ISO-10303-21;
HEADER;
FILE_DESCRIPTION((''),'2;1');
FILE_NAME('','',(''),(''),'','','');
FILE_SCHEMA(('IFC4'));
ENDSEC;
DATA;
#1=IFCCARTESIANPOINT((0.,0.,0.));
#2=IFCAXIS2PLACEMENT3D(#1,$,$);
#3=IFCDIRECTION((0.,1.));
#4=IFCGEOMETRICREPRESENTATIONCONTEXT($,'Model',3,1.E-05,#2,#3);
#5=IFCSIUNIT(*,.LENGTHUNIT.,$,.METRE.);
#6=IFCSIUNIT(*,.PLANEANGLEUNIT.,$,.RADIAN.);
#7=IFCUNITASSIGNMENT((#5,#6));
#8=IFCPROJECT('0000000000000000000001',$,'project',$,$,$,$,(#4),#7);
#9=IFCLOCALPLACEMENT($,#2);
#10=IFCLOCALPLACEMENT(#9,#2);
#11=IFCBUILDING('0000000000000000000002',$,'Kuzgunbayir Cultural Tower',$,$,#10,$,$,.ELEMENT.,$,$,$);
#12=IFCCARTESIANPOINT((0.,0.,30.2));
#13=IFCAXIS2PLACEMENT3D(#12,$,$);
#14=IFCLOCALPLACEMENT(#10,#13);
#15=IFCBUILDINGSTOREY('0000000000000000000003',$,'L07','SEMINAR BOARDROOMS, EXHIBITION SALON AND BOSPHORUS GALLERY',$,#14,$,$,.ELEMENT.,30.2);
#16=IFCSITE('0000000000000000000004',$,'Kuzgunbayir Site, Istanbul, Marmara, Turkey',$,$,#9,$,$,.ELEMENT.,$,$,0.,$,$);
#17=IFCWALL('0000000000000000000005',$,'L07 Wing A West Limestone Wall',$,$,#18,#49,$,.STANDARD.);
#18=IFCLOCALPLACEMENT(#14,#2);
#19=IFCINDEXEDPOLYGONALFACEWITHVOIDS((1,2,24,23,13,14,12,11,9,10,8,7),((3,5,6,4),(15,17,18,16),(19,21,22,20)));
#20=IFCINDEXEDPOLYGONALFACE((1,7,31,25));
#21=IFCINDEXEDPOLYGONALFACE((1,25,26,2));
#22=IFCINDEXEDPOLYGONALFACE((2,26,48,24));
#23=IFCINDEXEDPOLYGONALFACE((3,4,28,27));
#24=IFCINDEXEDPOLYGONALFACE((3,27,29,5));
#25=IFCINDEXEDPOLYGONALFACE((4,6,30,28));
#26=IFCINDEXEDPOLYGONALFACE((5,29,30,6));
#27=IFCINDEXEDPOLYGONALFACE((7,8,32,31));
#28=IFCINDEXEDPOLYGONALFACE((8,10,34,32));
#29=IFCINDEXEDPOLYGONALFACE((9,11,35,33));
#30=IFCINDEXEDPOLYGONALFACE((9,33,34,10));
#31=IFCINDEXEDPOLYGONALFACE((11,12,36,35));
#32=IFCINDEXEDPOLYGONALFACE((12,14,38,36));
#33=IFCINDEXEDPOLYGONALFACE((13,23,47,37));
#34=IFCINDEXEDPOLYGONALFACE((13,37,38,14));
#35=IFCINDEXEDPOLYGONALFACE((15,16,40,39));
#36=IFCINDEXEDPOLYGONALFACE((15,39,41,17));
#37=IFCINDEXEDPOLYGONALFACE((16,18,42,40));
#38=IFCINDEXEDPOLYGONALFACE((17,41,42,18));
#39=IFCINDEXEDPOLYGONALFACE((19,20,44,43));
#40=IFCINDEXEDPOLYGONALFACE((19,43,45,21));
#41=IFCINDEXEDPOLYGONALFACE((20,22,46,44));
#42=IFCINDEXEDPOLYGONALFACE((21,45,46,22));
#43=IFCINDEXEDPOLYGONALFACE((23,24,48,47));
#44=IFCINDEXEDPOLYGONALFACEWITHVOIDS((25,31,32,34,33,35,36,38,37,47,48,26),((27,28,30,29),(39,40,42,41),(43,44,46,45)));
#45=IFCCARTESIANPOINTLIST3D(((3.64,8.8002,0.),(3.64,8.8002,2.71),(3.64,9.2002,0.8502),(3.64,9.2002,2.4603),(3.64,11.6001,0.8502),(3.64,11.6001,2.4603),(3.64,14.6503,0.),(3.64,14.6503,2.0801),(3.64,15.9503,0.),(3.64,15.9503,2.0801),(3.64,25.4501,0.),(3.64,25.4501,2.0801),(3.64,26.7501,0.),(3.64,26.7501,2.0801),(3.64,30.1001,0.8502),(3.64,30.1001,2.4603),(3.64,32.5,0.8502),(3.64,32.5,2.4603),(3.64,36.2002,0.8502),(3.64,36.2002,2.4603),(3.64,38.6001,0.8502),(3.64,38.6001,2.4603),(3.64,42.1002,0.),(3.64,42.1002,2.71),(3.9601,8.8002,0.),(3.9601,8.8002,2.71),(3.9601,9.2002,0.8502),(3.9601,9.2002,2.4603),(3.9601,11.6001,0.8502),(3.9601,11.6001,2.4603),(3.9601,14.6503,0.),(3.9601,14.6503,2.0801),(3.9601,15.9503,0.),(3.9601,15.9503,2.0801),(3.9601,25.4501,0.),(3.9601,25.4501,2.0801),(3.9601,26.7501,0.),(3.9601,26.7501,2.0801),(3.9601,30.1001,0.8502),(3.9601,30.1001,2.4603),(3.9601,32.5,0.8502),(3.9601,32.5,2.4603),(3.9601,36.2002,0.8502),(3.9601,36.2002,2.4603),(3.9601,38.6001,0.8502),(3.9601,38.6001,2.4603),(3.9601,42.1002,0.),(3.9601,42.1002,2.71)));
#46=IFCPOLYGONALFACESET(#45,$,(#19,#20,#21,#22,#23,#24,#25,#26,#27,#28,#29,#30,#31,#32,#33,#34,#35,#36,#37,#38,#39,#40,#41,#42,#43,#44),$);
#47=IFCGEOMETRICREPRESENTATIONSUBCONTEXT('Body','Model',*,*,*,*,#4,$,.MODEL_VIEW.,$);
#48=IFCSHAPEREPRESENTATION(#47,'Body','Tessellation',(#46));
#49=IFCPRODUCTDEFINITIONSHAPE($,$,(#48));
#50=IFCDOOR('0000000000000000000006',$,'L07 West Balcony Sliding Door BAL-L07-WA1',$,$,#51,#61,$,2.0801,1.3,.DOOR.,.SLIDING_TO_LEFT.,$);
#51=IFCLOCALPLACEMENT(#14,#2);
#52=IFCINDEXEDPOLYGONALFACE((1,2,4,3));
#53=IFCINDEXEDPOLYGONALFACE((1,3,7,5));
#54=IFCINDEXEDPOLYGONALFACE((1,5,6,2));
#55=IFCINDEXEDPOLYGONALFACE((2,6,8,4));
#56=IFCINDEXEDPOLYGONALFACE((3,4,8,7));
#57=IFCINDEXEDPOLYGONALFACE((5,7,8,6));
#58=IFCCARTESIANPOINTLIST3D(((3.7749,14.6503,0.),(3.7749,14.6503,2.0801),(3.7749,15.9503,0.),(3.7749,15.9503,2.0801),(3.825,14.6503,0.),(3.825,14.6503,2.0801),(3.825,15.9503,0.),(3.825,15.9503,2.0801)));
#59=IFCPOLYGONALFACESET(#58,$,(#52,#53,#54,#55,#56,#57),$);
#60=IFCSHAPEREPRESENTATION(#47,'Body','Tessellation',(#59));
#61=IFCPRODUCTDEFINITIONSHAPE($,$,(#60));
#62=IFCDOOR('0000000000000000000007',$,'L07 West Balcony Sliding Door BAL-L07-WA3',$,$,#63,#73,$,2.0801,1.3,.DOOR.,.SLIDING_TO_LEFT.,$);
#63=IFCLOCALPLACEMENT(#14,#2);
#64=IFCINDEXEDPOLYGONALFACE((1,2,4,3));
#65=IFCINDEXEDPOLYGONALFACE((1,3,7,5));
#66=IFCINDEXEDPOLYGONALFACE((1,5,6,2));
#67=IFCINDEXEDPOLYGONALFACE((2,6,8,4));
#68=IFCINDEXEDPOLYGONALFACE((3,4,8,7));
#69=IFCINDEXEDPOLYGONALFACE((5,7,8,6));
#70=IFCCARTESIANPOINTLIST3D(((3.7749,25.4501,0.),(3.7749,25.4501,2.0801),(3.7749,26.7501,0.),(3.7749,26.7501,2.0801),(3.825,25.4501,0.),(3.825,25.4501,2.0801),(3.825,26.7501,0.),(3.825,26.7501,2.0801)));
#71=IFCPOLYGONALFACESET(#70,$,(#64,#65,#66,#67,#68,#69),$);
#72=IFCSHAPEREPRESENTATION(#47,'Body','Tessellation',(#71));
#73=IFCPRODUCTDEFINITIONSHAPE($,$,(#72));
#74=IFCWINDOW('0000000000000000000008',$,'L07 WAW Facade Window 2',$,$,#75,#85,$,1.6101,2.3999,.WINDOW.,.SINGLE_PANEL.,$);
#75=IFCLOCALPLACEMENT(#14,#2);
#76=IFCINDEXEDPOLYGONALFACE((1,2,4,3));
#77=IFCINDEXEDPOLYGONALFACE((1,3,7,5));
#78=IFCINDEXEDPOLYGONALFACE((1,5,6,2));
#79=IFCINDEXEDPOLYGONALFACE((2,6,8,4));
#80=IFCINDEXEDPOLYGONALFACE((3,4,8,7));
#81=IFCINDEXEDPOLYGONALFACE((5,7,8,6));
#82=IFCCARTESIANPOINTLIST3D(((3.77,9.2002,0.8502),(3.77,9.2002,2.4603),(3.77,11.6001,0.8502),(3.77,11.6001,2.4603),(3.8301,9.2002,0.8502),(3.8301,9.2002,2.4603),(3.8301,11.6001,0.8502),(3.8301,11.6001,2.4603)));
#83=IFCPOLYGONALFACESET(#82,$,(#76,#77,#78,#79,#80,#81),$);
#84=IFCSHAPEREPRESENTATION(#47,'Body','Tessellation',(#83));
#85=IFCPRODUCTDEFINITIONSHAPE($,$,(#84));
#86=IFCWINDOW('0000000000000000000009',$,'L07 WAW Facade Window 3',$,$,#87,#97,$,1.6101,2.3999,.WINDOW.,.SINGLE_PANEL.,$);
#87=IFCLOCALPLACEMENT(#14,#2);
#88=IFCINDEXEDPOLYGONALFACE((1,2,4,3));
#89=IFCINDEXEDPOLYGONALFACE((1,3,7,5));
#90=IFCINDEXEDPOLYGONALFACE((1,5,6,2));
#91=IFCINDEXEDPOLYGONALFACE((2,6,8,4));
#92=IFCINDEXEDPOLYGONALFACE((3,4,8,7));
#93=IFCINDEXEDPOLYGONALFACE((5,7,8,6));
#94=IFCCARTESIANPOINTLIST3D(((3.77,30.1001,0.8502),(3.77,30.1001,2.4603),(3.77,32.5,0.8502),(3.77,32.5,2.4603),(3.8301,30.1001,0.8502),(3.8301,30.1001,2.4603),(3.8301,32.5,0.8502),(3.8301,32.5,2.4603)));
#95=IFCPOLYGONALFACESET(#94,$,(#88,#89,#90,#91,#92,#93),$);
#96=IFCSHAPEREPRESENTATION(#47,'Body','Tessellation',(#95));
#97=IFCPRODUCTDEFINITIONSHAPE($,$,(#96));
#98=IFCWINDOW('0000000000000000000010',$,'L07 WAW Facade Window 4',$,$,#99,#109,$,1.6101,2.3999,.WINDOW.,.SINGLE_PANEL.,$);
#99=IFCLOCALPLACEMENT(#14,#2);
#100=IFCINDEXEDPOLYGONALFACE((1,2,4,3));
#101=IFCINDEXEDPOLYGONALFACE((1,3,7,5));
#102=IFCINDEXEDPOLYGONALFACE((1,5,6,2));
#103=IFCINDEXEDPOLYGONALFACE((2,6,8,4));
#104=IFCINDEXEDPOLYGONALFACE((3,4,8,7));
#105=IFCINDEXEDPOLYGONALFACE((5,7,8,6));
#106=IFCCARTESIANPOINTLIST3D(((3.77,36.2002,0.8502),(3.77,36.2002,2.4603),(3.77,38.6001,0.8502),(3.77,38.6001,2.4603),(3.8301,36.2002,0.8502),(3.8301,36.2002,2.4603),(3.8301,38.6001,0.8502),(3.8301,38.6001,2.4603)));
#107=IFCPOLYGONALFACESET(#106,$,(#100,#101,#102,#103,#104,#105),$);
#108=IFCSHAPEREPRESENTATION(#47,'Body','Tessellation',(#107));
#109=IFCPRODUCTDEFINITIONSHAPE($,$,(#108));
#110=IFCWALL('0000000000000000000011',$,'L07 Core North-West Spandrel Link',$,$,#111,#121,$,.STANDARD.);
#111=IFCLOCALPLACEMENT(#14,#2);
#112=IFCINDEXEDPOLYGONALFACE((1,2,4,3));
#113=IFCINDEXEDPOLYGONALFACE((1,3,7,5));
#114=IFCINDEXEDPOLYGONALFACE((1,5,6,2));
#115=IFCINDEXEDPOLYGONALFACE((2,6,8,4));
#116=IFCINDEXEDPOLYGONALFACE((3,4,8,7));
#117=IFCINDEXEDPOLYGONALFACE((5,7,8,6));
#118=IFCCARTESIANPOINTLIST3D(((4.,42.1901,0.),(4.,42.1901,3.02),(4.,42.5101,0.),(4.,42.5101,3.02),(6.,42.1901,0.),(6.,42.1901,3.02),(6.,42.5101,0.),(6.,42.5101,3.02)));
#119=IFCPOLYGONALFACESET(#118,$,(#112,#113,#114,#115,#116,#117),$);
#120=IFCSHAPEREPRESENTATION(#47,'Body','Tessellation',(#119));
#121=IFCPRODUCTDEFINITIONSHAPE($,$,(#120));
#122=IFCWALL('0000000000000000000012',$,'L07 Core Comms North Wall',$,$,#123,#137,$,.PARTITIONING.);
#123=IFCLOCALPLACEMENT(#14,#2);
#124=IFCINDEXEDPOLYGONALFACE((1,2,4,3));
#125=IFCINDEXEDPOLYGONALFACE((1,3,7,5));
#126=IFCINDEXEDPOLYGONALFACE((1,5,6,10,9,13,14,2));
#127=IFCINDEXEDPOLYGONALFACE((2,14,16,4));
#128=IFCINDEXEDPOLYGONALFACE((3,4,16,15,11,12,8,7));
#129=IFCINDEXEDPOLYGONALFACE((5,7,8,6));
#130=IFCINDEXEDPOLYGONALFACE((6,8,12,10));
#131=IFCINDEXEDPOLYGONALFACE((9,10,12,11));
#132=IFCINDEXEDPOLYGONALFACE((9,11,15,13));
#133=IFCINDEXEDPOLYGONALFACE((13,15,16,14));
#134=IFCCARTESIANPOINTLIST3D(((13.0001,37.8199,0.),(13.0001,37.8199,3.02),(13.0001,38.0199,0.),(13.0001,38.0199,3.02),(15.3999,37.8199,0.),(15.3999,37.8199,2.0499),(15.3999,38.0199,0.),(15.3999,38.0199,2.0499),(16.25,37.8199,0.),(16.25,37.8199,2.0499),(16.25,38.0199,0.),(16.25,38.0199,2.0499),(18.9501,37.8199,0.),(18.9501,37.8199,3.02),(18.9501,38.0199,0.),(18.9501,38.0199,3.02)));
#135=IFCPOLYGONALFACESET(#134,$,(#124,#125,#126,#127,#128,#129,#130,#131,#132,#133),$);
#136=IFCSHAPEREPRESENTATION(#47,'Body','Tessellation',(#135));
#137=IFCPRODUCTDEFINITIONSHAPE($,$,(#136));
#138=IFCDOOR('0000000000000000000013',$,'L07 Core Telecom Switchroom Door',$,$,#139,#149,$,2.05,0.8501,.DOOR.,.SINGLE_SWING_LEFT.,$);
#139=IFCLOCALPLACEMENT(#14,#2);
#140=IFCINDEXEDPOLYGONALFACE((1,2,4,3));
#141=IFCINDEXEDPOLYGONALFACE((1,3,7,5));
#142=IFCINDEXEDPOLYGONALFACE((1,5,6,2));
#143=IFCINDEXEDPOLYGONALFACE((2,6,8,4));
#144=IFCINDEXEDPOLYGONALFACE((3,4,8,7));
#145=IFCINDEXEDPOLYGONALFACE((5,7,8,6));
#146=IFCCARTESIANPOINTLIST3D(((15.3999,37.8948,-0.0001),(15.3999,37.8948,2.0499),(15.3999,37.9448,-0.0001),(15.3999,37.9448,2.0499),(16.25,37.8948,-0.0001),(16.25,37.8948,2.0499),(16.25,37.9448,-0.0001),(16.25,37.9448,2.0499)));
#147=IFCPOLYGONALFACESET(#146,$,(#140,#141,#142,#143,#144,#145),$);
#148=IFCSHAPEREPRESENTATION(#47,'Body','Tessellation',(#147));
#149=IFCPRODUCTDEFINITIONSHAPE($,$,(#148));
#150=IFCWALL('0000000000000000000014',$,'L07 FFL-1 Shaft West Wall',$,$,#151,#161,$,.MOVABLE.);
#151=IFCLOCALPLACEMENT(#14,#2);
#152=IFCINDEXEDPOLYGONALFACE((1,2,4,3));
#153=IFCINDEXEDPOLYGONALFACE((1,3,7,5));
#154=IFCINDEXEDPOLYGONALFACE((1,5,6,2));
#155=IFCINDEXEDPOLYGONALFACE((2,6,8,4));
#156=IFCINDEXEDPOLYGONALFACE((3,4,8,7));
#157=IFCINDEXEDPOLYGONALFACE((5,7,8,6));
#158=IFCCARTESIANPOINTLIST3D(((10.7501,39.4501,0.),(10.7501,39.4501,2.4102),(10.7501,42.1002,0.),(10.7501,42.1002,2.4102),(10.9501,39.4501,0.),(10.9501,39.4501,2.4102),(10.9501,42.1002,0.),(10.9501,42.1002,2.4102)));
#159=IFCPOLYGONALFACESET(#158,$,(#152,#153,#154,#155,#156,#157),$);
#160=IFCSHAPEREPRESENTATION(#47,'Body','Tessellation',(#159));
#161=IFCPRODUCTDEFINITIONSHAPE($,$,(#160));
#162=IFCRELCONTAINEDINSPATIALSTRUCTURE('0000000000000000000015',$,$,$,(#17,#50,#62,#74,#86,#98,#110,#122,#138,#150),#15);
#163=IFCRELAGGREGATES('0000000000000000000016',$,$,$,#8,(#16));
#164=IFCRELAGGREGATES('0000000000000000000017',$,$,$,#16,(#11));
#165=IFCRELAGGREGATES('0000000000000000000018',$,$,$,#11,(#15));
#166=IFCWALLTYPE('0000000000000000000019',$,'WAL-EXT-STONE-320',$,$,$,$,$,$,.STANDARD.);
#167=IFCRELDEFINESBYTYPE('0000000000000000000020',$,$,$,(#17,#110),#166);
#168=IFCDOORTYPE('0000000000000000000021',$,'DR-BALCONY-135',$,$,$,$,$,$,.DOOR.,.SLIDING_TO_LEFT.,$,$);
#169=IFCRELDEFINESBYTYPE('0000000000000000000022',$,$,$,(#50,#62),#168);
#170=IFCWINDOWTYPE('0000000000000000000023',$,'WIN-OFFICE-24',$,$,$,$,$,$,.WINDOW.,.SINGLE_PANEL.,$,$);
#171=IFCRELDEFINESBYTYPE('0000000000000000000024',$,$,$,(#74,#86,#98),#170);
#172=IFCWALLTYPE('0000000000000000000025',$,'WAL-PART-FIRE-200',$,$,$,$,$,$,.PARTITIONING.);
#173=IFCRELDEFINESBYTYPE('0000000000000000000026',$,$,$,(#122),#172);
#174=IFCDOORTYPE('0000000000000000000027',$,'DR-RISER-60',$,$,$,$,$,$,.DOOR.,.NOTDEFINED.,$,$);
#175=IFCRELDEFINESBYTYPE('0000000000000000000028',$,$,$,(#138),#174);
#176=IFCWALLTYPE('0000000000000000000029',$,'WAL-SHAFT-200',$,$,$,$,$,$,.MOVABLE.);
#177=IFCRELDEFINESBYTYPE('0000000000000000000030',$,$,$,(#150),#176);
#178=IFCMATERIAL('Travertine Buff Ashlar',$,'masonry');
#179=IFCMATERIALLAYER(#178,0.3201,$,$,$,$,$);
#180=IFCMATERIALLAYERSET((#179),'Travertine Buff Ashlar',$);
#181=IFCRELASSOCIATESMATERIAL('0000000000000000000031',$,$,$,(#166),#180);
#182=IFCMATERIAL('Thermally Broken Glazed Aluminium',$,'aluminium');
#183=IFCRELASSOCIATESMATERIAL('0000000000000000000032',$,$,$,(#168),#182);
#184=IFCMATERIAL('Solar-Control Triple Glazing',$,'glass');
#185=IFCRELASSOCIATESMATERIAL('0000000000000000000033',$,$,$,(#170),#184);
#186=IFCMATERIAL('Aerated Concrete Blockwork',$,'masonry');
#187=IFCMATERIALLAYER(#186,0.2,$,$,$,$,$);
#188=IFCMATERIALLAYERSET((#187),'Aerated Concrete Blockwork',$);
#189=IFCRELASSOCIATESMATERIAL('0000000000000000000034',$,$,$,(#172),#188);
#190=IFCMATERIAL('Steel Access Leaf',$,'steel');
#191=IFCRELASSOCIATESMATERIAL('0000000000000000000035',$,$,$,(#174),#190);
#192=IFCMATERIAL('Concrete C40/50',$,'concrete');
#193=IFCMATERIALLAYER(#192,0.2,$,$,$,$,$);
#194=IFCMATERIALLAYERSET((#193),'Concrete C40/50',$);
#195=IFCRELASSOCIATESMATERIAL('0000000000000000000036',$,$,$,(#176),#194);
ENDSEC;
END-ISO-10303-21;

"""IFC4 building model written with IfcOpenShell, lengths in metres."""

from ifc_helpers import new_model, si_unit, direction, frame, frame_2d, origin, place, context, subcontext, project, spatial, rectangle, extrude, material, layer, layer_set, type_object, element, fill, save


model = new_model("IFC4")

# Units and contexts
model_context = context("Model", 3, precision=1e-05, world=origin(), true_north=direction((0.0, 1.0)))
body_context = subcontext(model_context, "Body", "Model", "MODEL_VIEW")
ifc_project = project(units=[si_unit("LENGTHUNIT", "METRE"), si_unit("PLANEANGLEUNIT", "RADIAN")], contexts=[model_context])

# Site, building, storey
site_placement = place(None, origin())
site = spatial("IfcSite", under=ifc_project, at=site_placement, Name="Kuzgunbayir Site, Istanbul, Marmara, Turkey", CompositionType="ELEMENT", RefElevation=0.0)
building_placement = place(site_placement, origin())
building = spatial("IfcBuilding", under=site, at=building_placement, Name="Kuzgunbayir Cultural Tower", CompositionType="ELEMENT")
storey_placement = place(building_placement, frame((0.0, 0.0, 30.2)))
storey = spatial("IfcBuildingStorey", under=building, at=storey_placement, Name="L07", Description="SEMINAR BOARDROOMS, EXHIBITION SALON AND BOSPHORUS GALLERY", CompositionType="ELEMENT", Elevation=30.2)

# Wall, openings, doors, windows
ifc_material_1 = material(Name="Travertine Buff Ashlar", Category="masonry")
ifc_layer_1 = layer(ifc_material_1, 0.3201)
ifc_layer_set_1 = layer_set([ifc_layer_1], Name="Travertine Buff Ashlar")
wall_type_1 = type_object("IfcWallType", Name="WAL-EXT-STONE-320", PredefinedType="STANDARD", material=ifc_layer_set_1)
wall_1_placement = place(storey_placement, frame((3.8, 42.1001, 0.0), z_axis=(0.0, 0.0, 1.0), x_axis=(0.0, -1.0, 0.0)))
wall_1 = element("IfcWall", 1, at=wall_1_placement, inside=storey, type_object=wall_type_1, Name="L07 Wing A West Limestone Wall", PredefinedType="STANDARD", context=body_context, shape_type="SweptSolid", body=[
    extrude(rectangle(XDim=33.3, YDim=0.3201, at=frame_2d((16.6499, 0.0))), origin(), (0.0, 0.0, 1.0), 2.71),
])
opening_1_placement = place(wall_1_placement, frame((26.1499, 0.0, 0.0)))
opening_1 = element("IfcOpeningElement", 2, at=opening_1_placement, cuts=wall_1, PredefinedType="OPENING", context=body_context, shape_type="SweptSolid", body=[
    extrude(rectangle(XDim=1.3, YDim=2.0801, at=frame_2d((0.6499, 1.04))), frame((0.0, 0.1699, 0.0), z_axis=(0.0, -1.0, 0.0), x_axis=(1.0, 0.0, 0.0)), (0.0, 0.0, 1.0), 0.3401),
])
opening_2_placement = place(wall_1_placement, frame((15.3501, 0.0, 0.0)))
opening_2 = element("IfcOpeningElement", 3, at=opening_2_placement, cuts=wall_1, PredefinedType="OPENING", context=body_context, shape_type="SweptSolid", body=[
    extrude(rectangle(XDim=1.3, YDim=2.0801, at=frame_2d((0.6499, 1.04))), frame((0.0, 0.1699, 0.0), z_axis=(0.0, -1.0, 0.0), x_axis=(1.0, 0.0, 0.0)), (0.0, 0.0, 1.0), 0.3401),
])
opening_3_placement = place(wall_1_placement, frame((30.5, 0.0, 0.8501)))
opening_3 = element("IfcOpeningElement", 4, at=opening_3_placement, cuts=wall_1, PredefinedType="OPENING", context=body_context, shape_type="SweptSolid", body=[
    extrude(rectangle(XDim=2.3999, YDim=1.6101, at=frame_2d((1.2, 0.8052))), frame((0.0, 0.1699, 0.0), z_axis=(0.0, -1.0, 0.0), x_axis=(1.0, 0.0, 0.0)), (0.0, 0.0, 1.0), 0.3401),
])
opening_4_placement = place(wall_1_placement, frame((9.6001, 0.0, 0.8501)))
opening_4 = element("IfcOpeningElement", 5, at=opening_4_placement, cuts=wall_1, PredefinedType="OPENING", context=body_context, shape_type="SweptSolid", body=[
    extrude(rectangle(XDim=2.3999, YDim=1.6101, at=frame_2d((1.2, 0.8052))), frame((0.0, 0.1699, 0.0), z_axis=(0.0, -1.0, 0.0), x_axis=(1.0, 0.0, 0.0)), (0.0, 0.0, 1.0), 0.3401),
])
opening_5_placement = place(wall_1_placement, frame((3.5, 0.0, 0.8501)))
opening_5 = element("IfcOpeningElement", 6, at=opening_5_placement, cuts=wall_1, PredefinedType="OPENING", context=body_context, shape_type="SweptSolid", body=[
    extrude(rectangle(XDim=2.3999, YDim=1.6101, at=frame_2d((1.2, 0.8052))), frame((0.0, 0.1699, 0.0), z_axis=(0.0, -1.0, 0.0), x_axis=(1.0, 0.0, 0.0)), (0.0, 0.0, 1.0), 0.3401),
])
ifc_material_2 = material(Name="Thermally Broken Glazed Aluminium", Category="aluminium")
door_type_1 = type_object("IfcDoorType", Name="DR-BALCONY-135", OperationType="SLIDING_TO_LEFT", PredefinedType="DOOR", material=ifc_material_2)
door_1_placement = place(opening_1_placement, origin())
door_1 = element("IfcDoor", 7, at=door_1_placement, inside=storey, type_object=door_type_1, Name="L07 West Balcony Sliding Door BAL-L07-WA1", OperationType="SLIDING_TO_LEFT", OverallHeight=2.0801, OverallWidth=1.3, PredefinedType="DOOR", context=body_context, shape_type="SweptSolid", body=[
    extrude(rectangle(XDim=1.3, YDim=2.0801, at=frame_2d((0.6499, 1.04))), frame((0.0, 0.0249, 0.0), z_axis=(0.0, -1.0, 0.0), x_axis=(1.0, 0.0, 0.0)), (0.0, 0.0, 1.0), 0.05),
])
fill(opening_1, door_1)
door_2_placement = place(opening_2_placement, origin())
door_2 = element("IfcDoor", 8, at=door_2_placement, inside=storey, type_object=door_type_1, Name="L07 West Balcony Sliding Door BAL-L07-WA3", OperationType="SLIDING_TO_LEFT", OverallHeight=2.0801, OverallWidth=1.3, PredefinedType="DOOR", context=body_context, shape_type="SweptSolid", body=[
    extrude(rectangle(XDim=1.3, YDim=2.0801, at=frame_2d((0.6499, 1.04))), frame((0.0, 0.0249, 0.0), z_axis=(0.0, -1.0, 0.0), x_axis=(1.0, 0.0, 0.0)), (0.0, 0.0, 1.0), 0.05),
])
fill(opening_2, door_2)
ifc_material_3 = material(Name="Solar-Control Triple Glazing", Category="glass")
window_type = type_object("IfcWindowType", Name="WIN-OFFICE-24", PartitioningType="SINGLE_PANEL", PredefinedType="WINDOW", material=ifc_material_3)
window_1_placement = place(opening_3_placement, origin())
window_1 = element("IfcWindow", 9, at=window_1_placement, inside=storey, type_object=window_type, Name="L07 WAW Facade Window 2", OverallHeight=1.6101, OverallWidth=2.3999, PartitioningType="SINGLE_PANEL", PredefinedType="WINDOW", context=body_context, shape_type="SweptSolid", body=[
    extrude(rectangle(XDim=2.3999, YDim=1.6101, at=frame_2d((1.2, 0.8052))), frame((0.0, 0.03, 0.0), z_axis=(0.0, -1.0, 0.0), x_axis=(1.0, 0.0, 0.0)), (0.0, 0.0, 1.0), 0.0601),
])
fill(opening_3, window_1)
window_2_placement = place(opening_4_placement, origin())
window_2 = element("IfcWindow", 10, at=window_2_placement, inside=storey, type_object=window_type, Name="L07 WAW Facade Window 3", OverallHeight=1.6101, OverallWidth=2.3999, PartitioningType="SINGLE_PANEL", PredefinedType="WINDOW", context=body_context, shape_type="SweptSolid", body=[
    extrude(rectangle(XDim=2.3999, YDim=1.6101, at=frame_2d((1.2, 0.8052))), frame((0.0, 0.03, 0.0), z_axis=(0.0, -1.0, 0.0), x_axis=(1.0, 0.0, 0.0)), (0.0, 0.0, 1.0), 0.0601),
])
fill(opening_4, window_2)
window_3_placement = place(opening_5_placement, origin())
window_3 = element("IfcWindow", 11, at=window_3_placement, inside=storey, type_object=window_type, Name="L07 WAW Facade Window 4", OverallHeight=1.6101, OverallWidth=2.3999, PartitioningType="SINGLE_PANEL", PredefinedType="WINDOW", context=body_context, shape_type="SweptSolid", body=[
    extrude(rectangle(XDim=2.3999, YDim=1.6101, at=frame_2d((1.2, 0.8052))), frame((0.0, 0.03, 0.0), z_axis=(0.0, -1.0, 0.0), x_axis=(1.0, 0.0, 0.0)), (0.0, 0.0, 1.0), 0.0601),
])
fill(opening_5, window_3)

# Wall
wall_2_placement = place(storey_placement, frame((6.0, 42.3501, 0.0), z_axis=(0.0, 0.0, 1.0), x_axis=(-1.0, 0.0, 0.0)))
element("IfcWall", 12, at=wall_2_placement, inside=storey, type_object=wall_type_1, Name="L07 Core North-West Spandrel Link", PredefinedType="STANDARD", context=body_context, shape_type="SweptSolid", body=[
    extrude(rectangle(XDim=2.0, YDim=0.3201, at=frame_2d((1.0, 0.0))), origin(), (0.0, 0.0, 1.0), 3.02),
])

# Wall, opening, door
ifc_material_4 = material(Name="Aerated Concrete Blockwork", Category="masonry")
ifc_layer_2 = layer(ifc_material_4, 0.2)
ifc_layer_set_2 = layer_set([ifc_layer_2], Name="Aerated Concrete Blockwork")
wall_type_2 = type_object("IfcWallType", Name="WAL-PART-FIRE-200", PredefinedType="PARTITIONING", material=ifc_layer_set_2)
wall_3_placement = place(storey_placement, frame((13.0, 37.9199, 0.0), z_axis=(0.0, 0.0, 1.0), x_axis=(1.0, 0.0, 0.0)))
wall_3 = element("IfcWall", 13, at=wall_3_placement, inside=storey, type_object=wall_type_2, Name="L07 Core Comms North Wall", PredefinedType="PARTITIONING", context=body_context, shape_type="SweptSolid", body=[
    extrude(rectangle(XDim=5.95, YDim=0.2, at=frame_2d((2.9751, 0.0))), origin(), (0.0, 0.0, 1.0), 3.02),
])
opening_6_placement = place(wall_3_placement, frame((2.3999, 0.0, 0.0)))
opening_6 = element("IfcOpeningElement", 14, at=opening_6_placement, cuts=wall_3, PredefinedType="OPENING", context=body_context, shape_type="SweptSolid", body=[
    extrude(rectangle(XDim=0.8501, YDim=2.05, at=frame_2d((0.425, 1.0249))), frame((0.0, 0.1099, 0.0), z_axis=(0.0, -1.0, 0.0), x_axis=(1.0, 0.0, 0.0)), (0.0, 0.0, 1.0), 0.22),
])
ifc_material_5 = material(Name="Steel Access Leaf", Category="steel")
door_type_2 = type_object("IfcDoorType", Name="DR-RISER-60", OperationType="NOTDEFINED", PredefinedType="DOOR", material=ifc_material_5)
door_3_placement = place(opening_6_placement, origin())
door_3 = element("IfcDoor", 15, at=door_3_placement, inside=storey, type_object=door_type_2, Name="L07 Core Telecom Switchroom Door", OperationType="SINGLE_SWING_LEFT", OverallHeight=2.05, OverallWidth=0.8501, PredefinedType="DOOR", context=body_context, shape_type="SweptSolid", body=[
    extrude(rectangle(XDim=0.8501, YDim=2.05, at=frame_2d((0.425, 1.0249))), frame((0.0, 0.0249, 0.0), z_axis=(0.0, -1.0, 0.0), x_axis=(1.0, 0.0, 0.0)), (0.0, 0.0, 1.0), 0.05),
])
fill(opening_6, door_3)
ifc_material_6 = material(Name="Concrete C40/50", Category="concrete")
ifc_layer_3 = layer(ifc_material_6, 0.2)
ifc_layer_set_3 = layer_set([ifc_layer_3], Name="Concrete C40/50")
wall_type_3 = type_object("IfcWallType", Name="WAL-SHAFT-200", PredefinedType="MOVABLE", material=ifc_layer_set_3)

# Wall
for number, where, z_axis, x_axis, name in (
    (16, (10.8501, 39.45, 0.0), (0.0, 0.0, 1.0), (0.0, 1.0, 0.0), "L07 FFL-1 Shaft West Wall"),
):
    element("IfcWall", number, at=place(storey_placement, frame(where, z_axis=z_axis, x_axis=x_axis)), inside=storey, type_object=wall_type_3, Name=name, PredefinedType="MOVABLE", context=body_context, shape_type="SweptSolid", body=[
        extrude(rectangle(XDim=2.6501, YDim=0.2, at=frame_2d((1.3252, 0.0))), origin(), (0.0, 0.0, 1.0), 2.4102),
    ])

save(model, "model.ifc")
